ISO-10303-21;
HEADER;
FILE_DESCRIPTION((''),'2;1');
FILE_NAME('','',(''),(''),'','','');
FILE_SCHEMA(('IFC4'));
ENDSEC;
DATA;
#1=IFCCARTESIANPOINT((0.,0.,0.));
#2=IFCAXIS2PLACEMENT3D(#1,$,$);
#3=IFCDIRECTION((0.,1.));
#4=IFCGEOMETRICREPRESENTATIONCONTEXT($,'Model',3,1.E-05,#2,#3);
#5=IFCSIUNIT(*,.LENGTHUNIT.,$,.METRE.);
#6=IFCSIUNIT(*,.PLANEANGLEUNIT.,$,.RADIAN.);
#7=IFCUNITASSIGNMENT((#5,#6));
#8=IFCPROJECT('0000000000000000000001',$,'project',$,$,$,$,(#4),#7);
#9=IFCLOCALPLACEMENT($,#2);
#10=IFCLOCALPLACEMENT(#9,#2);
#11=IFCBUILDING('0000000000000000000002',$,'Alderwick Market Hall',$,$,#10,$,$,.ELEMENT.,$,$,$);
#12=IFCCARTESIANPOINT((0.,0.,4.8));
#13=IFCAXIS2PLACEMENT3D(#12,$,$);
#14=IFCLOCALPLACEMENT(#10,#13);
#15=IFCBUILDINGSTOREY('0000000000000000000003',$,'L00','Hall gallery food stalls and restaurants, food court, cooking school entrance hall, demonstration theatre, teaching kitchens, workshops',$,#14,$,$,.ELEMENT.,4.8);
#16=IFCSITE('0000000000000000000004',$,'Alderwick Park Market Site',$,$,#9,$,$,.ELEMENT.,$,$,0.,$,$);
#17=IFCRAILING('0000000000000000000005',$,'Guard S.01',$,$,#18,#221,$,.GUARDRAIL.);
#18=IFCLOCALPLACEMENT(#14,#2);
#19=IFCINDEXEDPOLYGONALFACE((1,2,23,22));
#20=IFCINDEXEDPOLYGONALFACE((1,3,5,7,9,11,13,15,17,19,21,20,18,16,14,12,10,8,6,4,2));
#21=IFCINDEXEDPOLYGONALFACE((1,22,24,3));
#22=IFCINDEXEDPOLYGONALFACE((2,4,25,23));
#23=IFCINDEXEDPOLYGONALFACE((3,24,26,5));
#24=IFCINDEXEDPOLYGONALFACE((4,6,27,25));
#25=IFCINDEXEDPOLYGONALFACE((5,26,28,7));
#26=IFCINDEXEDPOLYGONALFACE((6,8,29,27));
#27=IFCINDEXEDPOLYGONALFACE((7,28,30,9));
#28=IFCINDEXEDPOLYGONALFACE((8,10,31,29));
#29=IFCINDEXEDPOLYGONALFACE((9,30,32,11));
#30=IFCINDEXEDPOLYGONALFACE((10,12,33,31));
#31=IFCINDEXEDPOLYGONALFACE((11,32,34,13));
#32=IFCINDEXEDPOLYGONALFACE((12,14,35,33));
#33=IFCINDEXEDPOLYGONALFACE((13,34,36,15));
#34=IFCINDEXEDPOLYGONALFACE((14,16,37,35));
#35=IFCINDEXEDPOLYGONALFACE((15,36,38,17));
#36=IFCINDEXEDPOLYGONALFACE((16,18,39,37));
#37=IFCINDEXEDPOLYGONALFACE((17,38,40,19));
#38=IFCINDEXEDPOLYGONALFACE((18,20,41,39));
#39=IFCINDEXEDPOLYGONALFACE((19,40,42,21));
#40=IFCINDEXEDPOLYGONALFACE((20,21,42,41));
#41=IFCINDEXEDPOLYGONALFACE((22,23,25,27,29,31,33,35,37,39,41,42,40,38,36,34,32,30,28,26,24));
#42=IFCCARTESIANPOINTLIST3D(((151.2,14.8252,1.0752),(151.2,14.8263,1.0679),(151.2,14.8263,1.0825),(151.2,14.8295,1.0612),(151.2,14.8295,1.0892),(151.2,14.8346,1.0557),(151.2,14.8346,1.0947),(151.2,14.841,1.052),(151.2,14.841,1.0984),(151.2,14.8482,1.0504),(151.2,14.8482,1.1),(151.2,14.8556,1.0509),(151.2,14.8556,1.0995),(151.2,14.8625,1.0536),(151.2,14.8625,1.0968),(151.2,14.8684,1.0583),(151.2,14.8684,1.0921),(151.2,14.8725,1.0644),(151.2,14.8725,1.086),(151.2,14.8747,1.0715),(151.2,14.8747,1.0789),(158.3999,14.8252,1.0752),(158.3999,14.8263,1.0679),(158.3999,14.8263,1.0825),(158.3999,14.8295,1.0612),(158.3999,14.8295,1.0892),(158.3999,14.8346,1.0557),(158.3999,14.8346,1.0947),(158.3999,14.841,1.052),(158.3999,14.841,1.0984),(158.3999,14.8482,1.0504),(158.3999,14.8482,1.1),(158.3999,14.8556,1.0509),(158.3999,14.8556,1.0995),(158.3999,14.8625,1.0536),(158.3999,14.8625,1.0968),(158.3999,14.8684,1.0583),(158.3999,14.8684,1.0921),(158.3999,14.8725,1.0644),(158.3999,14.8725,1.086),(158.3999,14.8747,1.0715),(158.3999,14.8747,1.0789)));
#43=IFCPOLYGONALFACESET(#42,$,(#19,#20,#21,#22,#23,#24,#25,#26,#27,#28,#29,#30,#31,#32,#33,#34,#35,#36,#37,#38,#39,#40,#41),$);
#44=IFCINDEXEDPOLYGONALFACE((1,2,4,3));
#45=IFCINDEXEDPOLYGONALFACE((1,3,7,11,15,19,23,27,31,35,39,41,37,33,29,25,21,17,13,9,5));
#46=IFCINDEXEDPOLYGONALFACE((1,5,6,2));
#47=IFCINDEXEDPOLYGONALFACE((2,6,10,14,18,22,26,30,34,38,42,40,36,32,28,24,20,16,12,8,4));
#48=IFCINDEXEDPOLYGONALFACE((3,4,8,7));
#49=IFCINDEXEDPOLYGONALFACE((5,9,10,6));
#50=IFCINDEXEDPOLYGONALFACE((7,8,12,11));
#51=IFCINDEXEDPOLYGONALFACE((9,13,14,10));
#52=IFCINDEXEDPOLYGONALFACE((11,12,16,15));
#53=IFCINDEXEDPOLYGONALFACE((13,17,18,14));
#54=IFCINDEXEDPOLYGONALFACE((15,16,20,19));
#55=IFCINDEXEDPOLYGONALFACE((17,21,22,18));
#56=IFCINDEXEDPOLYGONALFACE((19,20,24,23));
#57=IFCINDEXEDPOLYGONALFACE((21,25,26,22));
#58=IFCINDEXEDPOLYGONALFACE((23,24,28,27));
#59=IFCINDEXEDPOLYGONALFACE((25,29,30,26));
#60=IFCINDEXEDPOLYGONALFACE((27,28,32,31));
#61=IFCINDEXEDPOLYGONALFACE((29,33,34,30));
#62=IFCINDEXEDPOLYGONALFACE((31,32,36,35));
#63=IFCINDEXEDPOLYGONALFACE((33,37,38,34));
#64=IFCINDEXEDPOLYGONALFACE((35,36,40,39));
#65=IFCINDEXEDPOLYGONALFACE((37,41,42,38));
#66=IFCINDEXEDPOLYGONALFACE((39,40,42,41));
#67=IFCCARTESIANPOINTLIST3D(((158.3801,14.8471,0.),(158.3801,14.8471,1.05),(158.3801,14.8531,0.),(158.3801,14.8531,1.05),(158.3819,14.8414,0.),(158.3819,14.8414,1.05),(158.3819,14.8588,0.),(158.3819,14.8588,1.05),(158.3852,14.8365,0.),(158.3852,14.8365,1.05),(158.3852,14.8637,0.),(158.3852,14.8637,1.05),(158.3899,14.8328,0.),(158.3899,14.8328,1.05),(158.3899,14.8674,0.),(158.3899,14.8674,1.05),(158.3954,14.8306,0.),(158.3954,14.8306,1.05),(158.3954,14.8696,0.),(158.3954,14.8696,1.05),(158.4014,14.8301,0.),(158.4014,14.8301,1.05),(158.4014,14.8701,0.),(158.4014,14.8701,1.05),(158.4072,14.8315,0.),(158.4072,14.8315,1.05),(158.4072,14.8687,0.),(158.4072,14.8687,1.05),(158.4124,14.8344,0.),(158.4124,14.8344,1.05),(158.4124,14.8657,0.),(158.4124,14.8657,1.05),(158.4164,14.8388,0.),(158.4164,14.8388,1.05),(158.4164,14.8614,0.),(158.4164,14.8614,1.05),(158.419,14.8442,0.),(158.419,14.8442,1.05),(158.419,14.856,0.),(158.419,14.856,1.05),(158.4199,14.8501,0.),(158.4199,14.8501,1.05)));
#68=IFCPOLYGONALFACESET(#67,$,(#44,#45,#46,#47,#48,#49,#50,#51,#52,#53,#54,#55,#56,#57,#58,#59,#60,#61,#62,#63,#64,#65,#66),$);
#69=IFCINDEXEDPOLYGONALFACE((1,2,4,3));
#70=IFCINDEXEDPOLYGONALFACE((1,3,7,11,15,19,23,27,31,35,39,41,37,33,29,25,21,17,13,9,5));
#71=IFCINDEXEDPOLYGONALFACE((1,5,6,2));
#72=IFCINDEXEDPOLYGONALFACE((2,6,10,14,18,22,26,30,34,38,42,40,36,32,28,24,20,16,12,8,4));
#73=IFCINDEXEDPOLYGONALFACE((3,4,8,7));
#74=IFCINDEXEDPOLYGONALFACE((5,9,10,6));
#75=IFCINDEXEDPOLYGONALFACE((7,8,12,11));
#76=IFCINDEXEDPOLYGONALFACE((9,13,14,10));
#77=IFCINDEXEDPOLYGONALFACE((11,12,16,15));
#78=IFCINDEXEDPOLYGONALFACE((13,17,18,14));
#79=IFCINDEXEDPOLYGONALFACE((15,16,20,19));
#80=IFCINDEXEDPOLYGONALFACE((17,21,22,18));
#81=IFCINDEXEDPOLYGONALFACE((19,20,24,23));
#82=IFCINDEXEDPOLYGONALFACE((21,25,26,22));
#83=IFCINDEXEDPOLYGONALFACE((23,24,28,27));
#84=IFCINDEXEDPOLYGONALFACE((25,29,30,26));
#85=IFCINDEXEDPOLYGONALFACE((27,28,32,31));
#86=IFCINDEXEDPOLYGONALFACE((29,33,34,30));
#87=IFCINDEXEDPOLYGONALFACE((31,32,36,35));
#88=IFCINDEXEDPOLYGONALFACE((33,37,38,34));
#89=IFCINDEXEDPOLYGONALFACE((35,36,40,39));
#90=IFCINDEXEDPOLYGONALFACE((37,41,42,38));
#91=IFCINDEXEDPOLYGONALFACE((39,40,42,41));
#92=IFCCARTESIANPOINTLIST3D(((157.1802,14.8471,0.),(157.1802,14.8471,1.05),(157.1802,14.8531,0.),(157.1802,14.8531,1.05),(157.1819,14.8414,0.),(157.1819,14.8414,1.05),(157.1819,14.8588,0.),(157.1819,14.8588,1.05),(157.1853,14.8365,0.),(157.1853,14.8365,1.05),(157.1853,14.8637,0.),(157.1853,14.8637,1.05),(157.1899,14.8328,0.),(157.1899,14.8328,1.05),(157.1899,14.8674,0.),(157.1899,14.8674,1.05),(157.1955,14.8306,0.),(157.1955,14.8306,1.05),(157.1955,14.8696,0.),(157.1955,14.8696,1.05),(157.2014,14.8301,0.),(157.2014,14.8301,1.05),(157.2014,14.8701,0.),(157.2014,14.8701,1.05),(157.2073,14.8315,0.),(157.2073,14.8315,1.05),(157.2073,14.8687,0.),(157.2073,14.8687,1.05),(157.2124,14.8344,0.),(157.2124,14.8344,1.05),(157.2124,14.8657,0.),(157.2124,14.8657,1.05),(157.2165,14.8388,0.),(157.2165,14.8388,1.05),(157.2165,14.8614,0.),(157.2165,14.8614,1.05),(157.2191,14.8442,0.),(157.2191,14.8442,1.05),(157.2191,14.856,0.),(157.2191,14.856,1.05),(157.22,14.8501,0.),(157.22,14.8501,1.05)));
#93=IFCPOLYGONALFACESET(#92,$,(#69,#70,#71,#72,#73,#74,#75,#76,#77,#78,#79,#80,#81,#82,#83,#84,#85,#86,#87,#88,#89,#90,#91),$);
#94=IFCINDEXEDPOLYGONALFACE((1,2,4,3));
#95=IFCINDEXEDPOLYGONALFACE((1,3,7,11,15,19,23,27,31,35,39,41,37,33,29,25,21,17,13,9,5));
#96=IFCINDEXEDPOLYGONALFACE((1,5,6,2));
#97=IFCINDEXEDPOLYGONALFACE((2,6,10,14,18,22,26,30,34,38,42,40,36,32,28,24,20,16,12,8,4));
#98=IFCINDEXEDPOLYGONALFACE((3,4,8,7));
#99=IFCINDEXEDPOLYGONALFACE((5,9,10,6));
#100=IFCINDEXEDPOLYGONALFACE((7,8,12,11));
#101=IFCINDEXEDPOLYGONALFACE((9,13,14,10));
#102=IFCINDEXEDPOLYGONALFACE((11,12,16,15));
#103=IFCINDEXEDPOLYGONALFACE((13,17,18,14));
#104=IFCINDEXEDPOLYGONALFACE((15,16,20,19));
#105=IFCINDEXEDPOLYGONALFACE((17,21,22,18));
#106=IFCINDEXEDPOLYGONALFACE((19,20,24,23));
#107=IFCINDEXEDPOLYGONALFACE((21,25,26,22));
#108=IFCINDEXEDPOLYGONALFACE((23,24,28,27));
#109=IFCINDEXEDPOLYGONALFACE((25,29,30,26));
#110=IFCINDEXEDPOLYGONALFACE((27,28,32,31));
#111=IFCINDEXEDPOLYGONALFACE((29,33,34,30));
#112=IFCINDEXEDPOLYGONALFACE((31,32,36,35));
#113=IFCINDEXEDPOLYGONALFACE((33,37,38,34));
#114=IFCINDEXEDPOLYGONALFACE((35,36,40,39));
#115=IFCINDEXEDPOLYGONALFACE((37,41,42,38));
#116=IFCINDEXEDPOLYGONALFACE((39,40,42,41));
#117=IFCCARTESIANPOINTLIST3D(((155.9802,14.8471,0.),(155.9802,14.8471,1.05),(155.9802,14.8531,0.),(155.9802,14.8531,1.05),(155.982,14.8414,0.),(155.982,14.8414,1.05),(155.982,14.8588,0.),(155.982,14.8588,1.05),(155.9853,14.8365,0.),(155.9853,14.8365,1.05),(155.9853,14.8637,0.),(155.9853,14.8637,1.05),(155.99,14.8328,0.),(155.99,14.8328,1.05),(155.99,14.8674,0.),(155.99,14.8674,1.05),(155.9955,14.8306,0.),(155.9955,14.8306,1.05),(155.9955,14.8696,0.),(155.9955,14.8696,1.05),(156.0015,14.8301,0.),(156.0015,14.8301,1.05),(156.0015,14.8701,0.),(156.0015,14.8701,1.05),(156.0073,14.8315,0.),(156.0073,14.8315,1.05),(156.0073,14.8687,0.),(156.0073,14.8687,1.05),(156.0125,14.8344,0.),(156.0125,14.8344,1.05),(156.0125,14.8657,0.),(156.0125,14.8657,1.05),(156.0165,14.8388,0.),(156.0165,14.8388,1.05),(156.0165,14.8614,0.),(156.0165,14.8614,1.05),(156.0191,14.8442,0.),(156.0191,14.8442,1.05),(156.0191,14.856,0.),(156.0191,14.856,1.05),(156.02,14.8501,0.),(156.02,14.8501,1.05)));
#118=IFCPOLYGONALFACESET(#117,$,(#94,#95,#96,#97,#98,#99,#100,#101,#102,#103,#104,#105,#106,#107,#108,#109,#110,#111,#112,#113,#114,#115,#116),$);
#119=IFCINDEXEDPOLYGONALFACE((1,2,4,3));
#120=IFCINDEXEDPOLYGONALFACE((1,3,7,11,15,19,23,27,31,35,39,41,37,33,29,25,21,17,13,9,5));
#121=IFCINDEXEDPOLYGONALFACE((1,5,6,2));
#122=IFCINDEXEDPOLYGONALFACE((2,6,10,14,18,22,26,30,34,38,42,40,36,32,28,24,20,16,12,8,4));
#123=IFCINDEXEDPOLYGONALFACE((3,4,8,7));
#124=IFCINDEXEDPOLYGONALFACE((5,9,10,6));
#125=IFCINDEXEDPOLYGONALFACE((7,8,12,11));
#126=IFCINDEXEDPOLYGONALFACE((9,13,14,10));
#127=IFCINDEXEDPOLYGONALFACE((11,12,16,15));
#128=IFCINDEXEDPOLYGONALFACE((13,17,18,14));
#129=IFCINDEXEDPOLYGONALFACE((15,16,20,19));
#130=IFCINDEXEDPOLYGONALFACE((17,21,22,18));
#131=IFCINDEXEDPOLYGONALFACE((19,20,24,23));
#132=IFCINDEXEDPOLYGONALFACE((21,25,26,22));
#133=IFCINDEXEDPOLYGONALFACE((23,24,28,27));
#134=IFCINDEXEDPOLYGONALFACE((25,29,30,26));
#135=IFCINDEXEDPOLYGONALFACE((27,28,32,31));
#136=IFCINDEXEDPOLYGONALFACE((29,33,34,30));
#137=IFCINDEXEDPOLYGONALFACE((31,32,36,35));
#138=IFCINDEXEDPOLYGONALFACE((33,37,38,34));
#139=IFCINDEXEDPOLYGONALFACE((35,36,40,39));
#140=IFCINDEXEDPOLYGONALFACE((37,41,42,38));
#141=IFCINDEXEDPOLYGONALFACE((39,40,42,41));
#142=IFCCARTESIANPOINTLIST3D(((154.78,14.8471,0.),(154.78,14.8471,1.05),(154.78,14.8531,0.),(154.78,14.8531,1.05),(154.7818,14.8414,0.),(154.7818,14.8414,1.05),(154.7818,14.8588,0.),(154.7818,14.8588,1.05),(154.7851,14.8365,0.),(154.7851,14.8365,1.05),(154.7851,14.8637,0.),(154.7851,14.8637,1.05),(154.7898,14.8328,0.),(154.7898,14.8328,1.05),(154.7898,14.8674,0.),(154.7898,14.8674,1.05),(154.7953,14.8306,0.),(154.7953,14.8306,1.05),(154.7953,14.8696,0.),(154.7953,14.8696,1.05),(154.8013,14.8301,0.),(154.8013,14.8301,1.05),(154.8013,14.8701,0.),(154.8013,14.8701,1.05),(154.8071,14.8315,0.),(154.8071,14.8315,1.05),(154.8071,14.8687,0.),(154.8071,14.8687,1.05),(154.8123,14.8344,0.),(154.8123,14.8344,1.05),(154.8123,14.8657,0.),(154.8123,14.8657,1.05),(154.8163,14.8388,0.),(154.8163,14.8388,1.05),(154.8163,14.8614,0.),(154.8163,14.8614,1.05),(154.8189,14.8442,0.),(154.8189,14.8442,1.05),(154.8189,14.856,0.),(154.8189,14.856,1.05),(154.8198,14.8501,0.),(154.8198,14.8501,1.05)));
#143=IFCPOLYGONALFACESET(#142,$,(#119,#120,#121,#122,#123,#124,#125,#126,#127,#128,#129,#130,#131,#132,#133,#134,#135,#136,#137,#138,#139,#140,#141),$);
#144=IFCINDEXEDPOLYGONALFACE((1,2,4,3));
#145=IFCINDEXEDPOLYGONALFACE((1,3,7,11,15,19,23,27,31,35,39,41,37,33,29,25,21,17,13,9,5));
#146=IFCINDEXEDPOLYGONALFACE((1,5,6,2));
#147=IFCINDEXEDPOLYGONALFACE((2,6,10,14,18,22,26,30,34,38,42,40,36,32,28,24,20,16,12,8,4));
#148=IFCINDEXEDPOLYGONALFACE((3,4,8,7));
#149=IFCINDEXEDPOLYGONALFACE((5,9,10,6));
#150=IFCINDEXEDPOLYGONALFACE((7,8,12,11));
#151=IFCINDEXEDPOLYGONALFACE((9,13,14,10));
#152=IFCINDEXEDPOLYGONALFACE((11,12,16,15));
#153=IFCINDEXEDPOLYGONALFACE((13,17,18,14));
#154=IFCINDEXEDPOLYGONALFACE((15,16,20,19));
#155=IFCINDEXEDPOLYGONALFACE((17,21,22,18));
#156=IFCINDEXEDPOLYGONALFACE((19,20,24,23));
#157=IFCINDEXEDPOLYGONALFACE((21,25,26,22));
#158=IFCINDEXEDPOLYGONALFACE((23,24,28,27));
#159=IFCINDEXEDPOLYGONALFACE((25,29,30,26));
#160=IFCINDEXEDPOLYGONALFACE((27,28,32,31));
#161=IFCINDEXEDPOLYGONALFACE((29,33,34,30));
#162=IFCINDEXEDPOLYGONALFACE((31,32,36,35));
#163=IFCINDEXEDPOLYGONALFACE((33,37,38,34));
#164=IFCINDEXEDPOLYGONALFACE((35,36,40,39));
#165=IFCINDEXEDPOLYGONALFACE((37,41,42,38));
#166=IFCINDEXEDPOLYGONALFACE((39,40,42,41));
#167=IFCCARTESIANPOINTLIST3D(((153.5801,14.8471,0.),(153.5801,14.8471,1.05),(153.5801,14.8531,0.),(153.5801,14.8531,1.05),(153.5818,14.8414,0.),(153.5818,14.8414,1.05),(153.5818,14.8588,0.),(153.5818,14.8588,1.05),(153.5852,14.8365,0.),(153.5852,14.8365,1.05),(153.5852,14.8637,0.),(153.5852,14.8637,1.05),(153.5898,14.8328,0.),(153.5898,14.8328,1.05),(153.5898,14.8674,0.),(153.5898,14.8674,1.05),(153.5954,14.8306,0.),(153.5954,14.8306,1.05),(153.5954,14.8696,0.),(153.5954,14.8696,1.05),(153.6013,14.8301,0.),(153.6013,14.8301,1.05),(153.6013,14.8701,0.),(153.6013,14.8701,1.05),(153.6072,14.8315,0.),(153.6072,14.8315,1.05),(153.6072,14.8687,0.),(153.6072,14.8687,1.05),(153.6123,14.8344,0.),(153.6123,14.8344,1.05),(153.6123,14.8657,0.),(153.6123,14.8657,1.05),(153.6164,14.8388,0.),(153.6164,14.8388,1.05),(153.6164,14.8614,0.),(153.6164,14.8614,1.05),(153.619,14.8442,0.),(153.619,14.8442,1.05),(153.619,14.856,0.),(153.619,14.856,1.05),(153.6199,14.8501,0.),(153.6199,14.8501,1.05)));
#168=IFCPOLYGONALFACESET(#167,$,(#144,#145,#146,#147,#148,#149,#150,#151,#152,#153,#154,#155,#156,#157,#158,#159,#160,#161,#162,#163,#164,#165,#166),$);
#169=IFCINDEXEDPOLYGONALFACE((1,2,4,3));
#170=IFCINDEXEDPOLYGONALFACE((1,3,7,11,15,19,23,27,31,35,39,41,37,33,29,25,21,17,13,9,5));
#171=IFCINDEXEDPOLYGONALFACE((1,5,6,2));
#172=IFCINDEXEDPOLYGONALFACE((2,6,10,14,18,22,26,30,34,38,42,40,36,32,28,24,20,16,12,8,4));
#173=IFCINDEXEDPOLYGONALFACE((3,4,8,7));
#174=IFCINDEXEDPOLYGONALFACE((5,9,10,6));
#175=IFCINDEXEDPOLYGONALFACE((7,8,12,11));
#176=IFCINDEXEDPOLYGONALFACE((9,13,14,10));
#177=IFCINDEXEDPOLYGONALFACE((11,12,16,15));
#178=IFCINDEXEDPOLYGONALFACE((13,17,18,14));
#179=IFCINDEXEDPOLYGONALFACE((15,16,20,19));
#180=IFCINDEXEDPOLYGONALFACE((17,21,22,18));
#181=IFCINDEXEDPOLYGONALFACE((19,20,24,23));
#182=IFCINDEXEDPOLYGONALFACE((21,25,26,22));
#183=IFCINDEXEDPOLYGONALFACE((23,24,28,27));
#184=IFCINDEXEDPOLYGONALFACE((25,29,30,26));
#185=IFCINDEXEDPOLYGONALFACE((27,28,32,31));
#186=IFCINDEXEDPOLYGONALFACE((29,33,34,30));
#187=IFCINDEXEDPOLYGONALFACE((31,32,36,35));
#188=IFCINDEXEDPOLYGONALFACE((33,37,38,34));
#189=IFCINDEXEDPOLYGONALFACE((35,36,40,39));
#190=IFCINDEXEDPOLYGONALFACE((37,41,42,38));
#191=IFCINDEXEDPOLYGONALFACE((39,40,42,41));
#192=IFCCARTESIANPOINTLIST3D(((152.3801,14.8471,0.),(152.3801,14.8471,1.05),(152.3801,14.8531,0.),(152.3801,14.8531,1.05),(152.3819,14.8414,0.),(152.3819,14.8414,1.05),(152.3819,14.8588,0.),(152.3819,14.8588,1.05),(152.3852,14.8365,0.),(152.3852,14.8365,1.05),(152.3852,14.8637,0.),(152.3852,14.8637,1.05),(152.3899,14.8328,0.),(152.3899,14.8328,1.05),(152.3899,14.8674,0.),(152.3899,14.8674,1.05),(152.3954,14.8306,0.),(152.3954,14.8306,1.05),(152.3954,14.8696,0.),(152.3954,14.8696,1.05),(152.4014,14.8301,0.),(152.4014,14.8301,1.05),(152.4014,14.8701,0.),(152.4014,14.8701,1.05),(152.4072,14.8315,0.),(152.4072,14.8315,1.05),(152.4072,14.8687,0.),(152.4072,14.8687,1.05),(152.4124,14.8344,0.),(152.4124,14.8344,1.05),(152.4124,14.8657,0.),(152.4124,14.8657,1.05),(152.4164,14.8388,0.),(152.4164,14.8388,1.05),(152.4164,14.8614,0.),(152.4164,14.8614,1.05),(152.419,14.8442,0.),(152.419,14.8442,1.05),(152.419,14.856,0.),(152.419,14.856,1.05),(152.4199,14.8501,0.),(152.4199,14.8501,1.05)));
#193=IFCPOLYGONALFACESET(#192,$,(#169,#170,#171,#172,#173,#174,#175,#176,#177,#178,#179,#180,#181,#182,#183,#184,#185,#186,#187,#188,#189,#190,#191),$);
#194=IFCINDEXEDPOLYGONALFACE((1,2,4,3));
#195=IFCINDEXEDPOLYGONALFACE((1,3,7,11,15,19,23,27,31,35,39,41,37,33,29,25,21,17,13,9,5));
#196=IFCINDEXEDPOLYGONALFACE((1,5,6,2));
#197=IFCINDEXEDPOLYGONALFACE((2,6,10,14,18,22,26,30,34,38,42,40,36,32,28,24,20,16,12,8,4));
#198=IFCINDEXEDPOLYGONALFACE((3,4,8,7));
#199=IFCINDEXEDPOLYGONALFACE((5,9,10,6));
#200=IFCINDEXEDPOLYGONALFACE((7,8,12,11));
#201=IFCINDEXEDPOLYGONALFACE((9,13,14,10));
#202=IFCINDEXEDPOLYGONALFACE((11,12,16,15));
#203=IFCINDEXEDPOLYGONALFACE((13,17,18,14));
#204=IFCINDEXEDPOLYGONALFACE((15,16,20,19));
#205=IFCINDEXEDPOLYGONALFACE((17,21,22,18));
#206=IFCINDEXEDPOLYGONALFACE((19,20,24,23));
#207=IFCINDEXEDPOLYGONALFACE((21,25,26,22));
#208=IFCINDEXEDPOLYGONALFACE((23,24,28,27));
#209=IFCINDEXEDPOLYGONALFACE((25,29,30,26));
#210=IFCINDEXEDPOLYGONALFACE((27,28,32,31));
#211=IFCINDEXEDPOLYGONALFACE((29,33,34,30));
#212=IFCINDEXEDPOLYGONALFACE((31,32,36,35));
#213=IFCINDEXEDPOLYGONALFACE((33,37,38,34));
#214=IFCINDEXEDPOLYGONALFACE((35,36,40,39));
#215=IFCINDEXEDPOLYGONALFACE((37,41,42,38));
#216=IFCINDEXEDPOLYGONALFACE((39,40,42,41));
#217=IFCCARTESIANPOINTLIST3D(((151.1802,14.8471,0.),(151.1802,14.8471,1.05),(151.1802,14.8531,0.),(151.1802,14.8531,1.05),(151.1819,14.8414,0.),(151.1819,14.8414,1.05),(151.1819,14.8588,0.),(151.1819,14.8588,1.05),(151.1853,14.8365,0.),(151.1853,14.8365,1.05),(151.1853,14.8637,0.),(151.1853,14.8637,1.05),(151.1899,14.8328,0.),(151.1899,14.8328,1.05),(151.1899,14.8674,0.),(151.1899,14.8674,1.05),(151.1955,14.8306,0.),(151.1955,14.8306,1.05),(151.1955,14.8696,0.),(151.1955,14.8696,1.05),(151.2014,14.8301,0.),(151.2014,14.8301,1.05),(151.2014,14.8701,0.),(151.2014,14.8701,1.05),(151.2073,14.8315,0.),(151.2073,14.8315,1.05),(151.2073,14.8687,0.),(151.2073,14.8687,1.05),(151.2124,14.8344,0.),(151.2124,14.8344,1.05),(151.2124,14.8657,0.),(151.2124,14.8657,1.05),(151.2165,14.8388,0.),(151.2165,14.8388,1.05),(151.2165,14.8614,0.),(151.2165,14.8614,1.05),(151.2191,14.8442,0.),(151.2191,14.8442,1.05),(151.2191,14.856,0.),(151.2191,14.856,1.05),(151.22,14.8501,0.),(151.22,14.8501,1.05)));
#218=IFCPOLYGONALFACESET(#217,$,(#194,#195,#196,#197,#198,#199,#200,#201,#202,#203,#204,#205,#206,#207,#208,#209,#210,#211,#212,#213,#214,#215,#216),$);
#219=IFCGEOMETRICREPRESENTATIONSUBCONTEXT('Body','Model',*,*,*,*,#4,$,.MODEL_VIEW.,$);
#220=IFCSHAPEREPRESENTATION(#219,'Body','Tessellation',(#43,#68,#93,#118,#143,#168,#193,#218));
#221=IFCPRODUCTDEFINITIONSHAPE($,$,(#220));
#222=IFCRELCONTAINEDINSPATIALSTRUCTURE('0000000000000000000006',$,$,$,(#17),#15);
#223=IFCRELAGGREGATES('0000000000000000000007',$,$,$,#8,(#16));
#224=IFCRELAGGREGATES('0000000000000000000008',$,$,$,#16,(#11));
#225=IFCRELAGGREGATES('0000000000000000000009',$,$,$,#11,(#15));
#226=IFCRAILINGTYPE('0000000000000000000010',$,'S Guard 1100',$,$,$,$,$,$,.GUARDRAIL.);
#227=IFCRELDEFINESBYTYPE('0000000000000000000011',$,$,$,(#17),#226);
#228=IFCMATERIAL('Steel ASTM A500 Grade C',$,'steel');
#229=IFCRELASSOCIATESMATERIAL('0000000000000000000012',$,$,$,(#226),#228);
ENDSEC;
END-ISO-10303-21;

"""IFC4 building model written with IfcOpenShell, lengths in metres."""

from ifc_helpers import new_model, si_unit, direction, frame, origin, origin_2d, place, context, subcontext, project, spatial, circle, extrude, material, type_object, element, save


model = new_model("IFC4")

# Units and contexts
model_context = context("Model", 3, precision=1e-05, world=origin(), true_north=direction((0.0, 1.0)))
body_context = subcontext(model_context, "Body", "Model", "MODEL_VIEW")
ifc_project = project(units=[si_unit("LENGTHUNIT", "METRE"), si_unit("PLANEANGLEUNIT", "RADIAN")], contexts=[model_context])

# Site, building, storey
site_placement = place(None, origin())
site = spatial("IfcSite", under=ifc_project, at=site_placement, Name="Alderwick Park Market Site", CompositionType="ELEMENT", RefElevation=0.0)
building_placement = place(site_placement, origin())
building = spatial("IfcBuilding", under=site, at=building_placement, Name="Alderwick Market Hall", CompositionType="ELEMENT")
storey_placement = place(building_placement, frame((0.0, 0.0, 4.8)))
storey = spatial("IfcBuildingStorey", under=building, at=storey_placement, Name="L00", Description="Hall gallery food stalls and restaurants, food court, cooking school entrance hall, demonstration theatre, teaching kitchens, workshops", CompositionType="ELEMENT", Elevation=4.8)

# Railing
ifc_material_1 = material(Name="Steel ASTM A500 Grade C", Category="steel")
railing_type = type_object("IfcRailingType", Name="S Guard 1100", PredefinedType="GUARDRAIL", material=ifc_material_1)
railing_placement = place(storey_placement, frame((158.3999, 14.8501, 0.0)))
element("IfcRailing", 1, at=railing_placement, inside=storey, type_object=railing_type, Name="Guard S.01", PredefinedType="GUARDRAIL", context=body_context, shape_type="SweptSolid", body=[
    extrude(circle(Radius=0.0249, at=origin_2d()), frame((0.0, 0.0, 1.0752), z_axis=(-1.0, 0.0, 0.0), x_axis=(0.0, -1.0, 0.0)), (0.0, 0.0, 1.0), 7.2),
    extrude(circle(Radius=0.02, at=origin_2d()), origin(), (0.0, 0.0, 1.0), 1.05),
    extrude(circle(Radius=0.02, at=origin_2d()), frame((-1.2, 0.0, 0.0)), (0.0, 0.0, 1.0), 1.05),
    extrude(circle(Radius=0.02, at=origin_2d()), frame((-2.3999, 0.0, 0.0)), (0.0, 0.0, 1.0), 1.05),
    extrude(circle(Radius=0.02, at=origin_2d()), frame((-3.6001, 0.0, 0.0)), (0.0, 0.0, 1.0), 1.05),
    extrude(circle(Radius=0.02, at=origin_2d()), frame((-4.8, 0.0, 0.0)), (0.0, 0.0, 1.0), 1.05),
    extrude(circle(Radius=0.02, at=origin_2d()), frame((-6.0, 0.0, 0.0)), (0.0, 0.0, 1.0), 1.05),
    extrude(circle(Radius=0.02, at=origin_2d()), frame((-7.2, 0.0, 0.0)), (0.0, 0.0, 1.0), 1.05),
])

save(model, "model.ifc")
